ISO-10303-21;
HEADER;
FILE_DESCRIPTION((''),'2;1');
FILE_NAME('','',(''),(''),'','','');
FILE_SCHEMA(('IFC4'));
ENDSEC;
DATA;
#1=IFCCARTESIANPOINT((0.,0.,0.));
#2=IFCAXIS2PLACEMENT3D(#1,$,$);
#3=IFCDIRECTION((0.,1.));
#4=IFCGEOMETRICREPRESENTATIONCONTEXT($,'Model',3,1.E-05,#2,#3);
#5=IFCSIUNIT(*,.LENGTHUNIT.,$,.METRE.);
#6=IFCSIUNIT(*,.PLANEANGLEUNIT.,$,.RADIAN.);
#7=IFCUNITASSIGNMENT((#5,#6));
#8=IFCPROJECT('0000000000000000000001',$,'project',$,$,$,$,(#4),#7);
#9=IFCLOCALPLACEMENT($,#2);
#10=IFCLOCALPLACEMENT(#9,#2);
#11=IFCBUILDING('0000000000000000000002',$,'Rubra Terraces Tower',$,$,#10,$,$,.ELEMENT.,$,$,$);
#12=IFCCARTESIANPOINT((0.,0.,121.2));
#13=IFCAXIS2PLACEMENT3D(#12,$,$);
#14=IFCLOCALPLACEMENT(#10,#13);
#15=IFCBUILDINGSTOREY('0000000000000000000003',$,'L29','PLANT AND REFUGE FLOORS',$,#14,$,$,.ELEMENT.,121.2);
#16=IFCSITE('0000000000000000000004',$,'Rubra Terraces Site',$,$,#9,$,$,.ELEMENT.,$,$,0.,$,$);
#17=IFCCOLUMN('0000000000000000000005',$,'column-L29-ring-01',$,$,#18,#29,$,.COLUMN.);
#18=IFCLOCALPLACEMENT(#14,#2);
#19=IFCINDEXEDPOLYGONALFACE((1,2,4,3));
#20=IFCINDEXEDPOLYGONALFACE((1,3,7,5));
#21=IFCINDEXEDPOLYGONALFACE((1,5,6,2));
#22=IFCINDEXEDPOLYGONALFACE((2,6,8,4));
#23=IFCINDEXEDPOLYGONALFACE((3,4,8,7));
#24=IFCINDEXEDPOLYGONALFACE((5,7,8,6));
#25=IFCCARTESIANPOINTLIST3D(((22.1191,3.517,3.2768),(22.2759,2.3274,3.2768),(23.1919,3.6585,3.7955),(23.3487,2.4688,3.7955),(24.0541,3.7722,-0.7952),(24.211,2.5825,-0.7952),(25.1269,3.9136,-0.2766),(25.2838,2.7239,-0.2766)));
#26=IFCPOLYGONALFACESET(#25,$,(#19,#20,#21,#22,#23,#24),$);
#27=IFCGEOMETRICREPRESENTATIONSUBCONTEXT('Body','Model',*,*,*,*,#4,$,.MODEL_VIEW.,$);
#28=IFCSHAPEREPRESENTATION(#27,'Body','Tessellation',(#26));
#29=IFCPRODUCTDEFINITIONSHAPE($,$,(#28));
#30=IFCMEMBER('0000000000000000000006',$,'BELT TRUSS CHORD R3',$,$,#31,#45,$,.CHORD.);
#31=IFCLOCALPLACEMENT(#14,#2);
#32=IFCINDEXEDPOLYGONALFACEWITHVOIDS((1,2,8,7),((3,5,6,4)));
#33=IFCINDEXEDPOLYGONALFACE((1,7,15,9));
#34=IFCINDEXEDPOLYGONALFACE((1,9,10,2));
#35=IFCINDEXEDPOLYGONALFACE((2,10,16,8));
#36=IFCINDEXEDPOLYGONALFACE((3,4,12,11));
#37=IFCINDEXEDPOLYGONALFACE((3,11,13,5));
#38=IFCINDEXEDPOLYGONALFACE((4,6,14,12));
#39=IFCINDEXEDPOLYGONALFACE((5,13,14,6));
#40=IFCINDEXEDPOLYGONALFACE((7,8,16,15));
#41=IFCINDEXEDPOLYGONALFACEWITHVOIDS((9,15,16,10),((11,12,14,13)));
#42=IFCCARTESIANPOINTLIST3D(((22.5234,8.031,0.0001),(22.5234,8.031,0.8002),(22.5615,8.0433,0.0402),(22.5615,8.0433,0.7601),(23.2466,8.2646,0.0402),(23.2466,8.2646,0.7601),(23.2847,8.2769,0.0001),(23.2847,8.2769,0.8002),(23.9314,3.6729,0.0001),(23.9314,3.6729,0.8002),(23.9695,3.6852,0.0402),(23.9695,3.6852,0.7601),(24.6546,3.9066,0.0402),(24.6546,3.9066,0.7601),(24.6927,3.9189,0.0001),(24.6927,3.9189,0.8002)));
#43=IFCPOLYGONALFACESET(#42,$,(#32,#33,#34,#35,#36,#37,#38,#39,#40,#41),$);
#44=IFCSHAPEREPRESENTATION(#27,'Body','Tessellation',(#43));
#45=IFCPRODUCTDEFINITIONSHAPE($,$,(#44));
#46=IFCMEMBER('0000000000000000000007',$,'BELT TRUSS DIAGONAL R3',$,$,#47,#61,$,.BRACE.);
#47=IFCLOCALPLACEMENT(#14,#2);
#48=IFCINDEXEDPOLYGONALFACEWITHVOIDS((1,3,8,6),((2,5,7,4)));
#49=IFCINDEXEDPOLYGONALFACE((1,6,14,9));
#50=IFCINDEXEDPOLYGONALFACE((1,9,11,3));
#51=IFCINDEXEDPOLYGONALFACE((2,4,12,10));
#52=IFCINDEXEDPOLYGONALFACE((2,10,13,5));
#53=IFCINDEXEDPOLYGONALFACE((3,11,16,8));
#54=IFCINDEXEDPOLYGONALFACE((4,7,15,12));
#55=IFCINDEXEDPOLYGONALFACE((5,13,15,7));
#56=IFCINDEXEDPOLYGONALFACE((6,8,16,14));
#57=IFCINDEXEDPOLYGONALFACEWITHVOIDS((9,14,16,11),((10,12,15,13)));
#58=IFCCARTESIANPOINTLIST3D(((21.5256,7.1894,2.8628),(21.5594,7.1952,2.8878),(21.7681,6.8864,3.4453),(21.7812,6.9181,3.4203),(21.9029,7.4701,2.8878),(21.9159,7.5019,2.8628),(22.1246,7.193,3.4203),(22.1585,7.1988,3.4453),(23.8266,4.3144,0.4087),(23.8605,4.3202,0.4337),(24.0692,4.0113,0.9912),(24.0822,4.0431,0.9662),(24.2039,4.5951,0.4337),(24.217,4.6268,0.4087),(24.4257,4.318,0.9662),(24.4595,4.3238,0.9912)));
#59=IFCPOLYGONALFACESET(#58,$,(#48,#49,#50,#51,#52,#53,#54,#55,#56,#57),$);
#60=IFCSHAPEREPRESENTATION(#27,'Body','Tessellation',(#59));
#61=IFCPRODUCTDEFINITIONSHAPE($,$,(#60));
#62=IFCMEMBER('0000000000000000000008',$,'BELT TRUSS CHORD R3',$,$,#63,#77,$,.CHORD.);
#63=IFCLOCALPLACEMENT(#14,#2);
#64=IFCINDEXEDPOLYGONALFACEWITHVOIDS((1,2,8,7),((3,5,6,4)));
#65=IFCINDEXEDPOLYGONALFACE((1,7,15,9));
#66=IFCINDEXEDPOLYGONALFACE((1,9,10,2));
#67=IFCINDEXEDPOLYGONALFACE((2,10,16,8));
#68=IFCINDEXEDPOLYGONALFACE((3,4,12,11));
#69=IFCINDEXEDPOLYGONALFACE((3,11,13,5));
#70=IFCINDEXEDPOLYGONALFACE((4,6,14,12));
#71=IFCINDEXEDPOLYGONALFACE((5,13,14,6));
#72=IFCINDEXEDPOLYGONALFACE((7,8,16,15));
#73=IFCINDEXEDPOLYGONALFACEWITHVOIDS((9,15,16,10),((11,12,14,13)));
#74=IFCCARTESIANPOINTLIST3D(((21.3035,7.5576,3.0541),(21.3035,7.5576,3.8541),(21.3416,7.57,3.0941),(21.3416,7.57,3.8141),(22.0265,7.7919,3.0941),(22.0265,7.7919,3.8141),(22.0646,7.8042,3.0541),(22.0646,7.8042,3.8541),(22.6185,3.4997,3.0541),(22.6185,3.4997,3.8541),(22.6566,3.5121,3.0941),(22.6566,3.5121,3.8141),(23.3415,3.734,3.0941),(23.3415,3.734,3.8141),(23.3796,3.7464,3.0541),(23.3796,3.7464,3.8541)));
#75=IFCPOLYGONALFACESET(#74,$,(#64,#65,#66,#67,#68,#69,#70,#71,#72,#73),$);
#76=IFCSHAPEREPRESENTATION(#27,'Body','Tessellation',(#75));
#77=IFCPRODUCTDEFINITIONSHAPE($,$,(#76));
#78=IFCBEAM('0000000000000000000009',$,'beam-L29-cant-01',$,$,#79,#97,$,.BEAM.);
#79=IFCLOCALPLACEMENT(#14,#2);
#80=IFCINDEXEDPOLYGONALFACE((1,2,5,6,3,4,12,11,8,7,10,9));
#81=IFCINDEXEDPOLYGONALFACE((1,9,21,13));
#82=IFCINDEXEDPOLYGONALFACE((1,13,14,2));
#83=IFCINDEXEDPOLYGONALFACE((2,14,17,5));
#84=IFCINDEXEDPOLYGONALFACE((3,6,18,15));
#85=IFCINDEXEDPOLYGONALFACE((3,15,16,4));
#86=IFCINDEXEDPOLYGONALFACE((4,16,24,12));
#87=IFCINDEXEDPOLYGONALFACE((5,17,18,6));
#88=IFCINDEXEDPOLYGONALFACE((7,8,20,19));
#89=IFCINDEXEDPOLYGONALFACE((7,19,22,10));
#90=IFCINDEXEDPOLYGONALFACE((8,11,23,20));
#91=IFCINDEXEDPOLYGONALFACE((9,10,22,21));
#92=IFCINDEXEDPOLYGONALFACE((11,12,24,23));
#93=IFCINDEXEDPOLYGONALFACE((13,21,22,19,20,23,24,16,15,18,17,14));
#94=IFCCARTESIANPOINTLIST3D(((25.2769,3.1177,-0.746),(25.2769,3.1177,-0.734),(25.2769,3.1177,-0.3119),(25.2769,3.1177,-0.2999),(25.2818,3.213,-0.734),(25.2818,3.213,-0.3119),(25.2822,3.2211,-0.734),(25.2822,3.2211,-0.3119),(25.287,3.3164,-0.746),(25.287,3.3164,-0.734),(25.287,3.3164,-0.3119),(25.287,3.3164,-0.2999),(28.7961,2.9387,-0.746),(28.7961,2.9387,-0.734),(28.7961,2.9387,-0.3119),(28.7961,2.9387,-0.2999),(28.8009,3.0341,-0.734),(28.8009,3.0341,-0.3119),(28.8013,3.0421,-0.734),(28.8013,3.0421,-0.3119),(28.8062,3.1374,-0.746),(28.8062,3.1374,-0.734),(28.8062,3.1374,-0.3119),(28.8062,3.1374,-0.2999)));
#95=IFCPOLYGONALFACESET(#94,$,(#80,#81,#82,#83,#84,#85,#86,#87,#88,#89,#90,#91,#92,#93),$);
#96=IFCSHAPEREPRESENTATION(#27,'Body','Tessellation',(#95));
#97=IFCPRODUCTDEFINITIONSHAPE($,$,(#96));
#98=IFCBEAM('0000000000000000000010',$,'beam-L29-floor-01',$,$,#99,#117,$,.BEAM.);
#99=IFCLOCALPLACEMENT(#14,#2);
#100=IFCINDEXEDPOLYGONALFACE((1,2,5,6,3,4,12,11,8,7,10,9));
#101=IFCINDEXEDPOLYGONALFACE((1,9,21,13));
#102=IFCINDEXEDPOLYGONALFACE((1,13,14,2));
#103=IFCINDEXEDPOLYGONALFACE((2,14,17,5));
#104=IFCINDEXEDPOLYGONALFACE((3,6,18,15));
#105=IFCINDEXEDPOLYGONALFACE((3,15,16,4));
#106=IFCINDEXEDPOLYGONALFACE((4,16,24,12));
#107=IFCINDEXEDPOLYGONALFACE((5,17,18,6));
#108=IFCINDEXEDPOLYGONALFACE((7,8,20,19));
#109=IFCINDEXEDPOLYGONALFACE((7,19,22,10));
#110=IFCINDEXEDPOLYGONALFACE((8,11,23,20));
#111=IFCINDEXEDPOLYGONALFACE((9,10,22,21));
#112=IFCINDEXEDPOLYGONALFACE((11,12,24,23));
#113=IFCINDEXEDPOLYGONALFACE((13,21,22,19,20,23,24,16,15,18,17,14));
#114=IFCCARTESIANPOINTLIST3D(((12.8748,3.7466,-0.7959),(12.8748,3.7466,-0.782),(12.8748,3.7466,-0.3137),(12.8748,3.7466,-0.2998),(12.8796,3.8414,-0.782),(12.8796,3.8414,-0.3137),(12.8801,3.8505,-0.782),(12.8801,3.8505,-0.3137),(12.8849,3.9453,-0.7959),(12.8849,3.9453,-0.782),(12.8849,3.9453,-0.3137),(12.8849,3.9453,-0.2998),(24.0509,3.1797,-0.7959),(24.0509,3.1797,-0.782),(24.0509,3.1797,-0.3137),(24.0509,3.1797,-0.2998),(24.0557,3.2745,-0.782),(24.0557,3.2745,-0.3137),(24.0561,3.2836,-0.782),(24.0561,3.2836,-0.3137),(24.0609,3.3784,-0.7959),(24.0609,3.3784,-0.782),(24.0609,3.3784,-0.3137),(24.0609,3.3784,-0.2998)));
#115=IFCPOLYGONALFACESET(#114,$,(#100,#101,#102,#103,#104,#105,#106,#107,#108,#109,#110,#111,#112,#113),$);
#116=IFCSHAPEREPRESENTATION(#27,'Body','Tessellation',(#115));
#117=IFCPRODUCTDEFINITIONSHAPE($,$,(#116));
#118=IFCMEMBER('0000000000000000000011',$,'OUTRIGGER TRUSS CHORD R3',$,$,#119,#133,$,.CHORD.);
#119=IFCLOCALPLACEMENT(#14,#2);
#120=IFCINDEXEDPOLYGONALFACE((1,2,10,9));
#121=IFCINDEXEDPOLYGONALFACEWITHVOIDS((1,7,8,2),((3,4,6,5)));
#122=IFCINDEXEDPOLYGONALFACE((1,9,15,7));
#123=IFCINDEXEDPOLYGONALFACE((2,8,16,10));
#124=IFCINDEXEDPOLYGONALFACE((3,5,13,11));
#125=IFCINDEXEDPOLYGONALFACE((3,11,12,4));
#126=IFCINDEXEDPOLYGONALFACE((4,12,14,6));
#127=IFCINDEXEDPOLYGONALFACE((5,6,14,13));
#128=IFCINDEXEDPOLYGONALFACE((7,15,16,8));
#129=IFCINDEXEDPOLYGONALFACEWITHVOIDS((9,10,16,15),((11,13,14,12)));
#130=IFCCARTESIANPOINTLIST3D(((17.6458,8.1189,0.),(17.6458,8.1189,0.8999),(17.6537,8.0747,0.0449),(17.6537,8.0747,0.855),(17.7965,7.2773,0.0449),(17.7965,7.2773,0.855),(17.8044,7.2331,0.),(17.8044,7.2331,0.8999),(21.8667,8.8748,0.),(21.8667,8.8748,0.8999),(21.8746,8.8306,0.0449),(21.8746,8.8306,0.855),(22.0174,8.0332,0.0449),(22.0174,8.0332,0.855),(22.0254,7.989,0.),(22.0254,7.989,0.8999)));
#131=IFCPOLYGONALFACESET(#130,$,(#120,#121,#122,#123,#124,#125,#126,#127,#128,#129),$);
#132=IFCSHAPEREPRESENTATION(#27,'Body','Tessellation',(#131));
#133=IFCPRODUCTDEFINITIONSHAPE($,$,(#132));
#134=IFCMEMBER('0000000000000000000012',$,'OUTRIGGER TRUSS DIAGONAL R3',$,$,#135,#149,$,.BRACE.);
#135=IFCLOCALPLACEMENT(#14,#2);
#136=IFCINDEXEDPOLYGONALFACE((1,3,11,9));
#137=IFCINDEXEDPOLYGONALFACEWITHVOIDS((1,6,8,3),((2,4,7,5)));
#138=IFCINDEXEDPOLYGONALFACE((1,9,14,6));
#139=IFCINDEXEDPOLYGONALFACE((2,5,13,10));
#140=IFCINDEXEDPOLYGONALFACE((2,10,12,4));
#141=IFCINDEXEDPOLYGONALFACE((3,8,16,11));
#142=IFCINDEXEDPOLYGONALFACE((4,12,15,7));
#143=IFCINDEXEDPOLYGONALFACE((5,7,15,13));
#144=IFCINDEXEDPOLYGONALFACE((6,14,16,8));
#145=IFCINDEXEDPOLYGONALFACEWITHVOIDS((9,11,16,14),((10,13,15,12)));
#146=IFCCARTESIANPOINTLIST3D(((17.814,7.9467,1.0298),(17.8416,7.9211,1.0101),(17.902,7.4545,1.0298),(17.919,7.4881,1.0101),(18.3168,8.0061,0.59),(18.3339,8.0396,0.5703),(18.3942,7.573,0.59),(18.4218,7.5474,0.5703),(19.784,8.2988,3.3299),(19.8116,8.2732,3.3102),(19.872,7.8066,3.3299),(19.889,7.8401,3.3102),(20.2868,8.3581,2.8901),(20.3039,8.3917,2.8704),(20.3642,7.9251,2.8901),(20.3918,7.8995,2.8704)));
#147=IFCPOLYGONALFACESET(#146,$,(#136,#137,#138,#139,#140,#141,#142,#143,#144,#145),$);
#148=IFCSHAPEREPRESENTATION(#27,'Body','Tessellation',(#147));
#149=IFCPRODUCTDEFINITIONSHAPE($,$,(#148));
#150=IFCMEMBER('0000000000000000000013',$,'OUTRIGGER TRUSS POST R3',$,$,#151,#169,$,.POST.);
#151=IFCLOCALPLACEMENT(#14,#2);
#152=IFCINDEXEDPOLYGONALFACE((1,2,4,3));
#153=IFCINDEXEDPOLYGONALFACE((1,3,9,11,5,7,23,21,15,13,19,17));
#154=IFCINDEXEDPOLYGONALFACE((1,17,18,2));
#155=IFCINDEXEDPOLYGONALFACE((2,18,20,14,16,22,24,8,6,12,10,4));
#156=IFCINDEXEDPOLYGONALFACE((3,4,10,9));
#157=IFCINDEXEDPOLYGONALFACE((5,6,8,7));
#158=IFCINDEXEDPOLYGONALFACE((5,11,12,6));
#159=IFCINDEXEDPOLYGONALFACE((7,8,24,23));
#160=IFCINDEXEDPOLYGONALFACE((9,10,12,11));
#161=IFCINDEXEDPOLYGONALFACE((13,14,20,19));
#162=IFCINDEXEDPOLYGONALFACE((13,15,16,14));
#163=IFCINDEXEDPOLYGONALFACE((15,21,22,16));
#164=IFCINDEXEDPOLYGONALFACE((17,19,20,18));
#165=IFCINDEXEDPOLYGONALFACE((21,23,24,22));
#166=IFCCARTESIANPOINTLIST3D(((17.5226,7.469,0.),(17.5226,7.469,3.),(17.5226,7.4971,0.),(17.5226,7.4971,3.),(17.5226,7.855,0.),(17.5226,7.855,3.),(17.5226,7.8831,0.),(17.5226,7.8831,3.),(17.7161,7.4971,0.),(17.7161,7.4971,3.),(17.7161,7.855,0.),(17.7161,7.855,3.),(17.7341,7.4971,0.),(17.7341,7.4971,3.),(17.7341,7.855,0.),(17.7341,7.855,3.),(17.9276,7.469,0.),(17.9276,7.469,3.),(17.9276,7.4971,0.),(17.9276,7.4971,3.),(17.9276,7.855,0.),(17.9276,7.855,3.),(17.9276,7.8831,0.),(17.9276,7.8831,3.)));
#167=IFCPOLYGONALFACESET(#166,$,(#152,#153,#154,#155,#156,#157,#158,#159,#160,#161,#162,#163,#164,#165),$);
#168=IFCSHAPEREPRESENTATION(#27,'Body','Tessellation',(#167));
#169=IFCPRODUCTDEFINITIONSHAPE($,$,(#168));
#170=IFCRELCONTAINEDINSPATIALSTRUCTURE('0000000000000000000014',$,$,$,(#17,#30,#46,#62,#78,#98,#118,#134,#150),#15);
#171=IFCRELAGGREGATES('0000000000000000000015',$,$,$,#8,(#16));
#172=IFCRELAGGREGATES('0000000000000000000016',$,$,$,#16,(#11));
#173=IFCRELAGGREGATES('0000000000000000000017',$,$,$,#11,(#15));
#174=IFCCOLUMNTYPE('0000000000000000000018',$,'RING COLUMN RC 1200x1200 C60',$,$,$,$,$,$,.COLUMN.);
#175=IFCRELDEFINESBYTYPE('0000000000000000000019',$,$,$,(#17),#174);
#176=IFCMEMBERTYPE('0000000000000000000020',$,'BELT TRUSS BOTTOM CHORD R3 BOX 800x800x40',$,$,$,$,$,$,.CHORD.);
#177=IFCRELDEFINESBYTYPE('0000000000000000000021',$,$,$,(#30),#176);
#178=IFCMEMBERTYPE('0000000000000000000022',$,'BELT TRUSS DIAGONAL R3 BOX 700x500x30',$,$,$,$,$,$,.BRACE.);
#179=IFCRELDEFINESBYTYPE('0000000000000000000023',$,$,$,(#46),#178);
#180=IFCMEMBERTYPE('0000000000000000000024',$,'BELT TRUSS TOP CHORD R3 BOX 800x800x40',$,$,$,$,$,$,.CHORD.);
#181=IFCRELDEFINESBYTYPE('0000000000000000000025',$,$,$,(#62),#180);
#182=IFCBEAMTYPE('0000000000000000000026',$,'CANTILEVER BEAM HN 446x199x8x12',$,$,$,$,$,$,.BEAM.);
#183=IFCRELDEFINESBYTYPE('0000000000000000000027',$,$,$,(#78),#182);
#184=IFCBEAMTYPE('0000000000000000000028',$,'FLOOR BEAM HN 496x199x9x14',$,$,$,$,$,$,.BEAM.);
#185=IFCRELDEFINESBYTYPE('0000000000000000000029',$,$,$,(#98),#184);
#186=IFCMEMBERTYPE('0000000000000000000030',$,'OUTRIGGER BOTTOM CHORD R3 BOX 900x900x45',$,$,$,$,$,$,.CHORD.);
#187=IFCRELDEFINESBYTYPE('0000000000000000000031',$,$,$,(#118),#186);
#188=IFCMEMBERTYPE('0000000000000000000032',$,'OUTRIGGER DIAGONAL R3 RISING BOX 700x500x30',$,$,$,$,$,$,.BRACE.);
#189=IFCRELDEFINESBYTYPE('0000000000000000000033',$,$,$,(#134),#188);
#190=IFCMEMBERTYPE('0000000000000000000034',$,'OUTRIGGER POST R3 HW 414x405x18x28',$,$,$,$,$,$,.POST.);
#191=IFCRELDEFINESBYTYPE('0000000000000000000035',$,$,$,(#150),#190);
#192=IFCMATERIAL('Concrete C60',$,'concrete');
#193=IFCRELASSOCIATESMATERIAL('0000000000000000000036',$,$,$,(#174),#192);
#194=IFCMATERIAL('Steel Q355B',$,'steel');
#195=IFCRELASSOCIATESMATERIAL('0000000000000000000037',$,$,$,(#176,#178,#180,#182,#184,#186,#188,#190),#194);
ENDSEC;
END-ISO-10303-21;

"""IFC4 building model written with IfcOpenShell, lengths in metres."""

from ifc_helpers import new_model, si_unit, direction, frame, origin, origin_2d, place, context, subcontext, project, spatial, rectangle, hollow_rectangle, i_section, extrude, material, material_profile, profile_set, type_object, element, save


model = new_model("IFC4")

# Units and contexts
model_context = context("Model", 3, precision=1e-05, world=origin(), true_north=direction((0.0, 1.0)))
body_context = subcontext(model_context, "Body", "Model", "MODEL_VIEW")
ifc_project = project(units=[si_unit("LENGTHUNIT", "METRE"), si_unit("PLANEANGLEUNIT", "RADIAN")], contexts=[model_context])

# Site, building, storey
site_placement = place(None, origin())
site = spatial("IfcSite", under=ifc_project, at=site_placement, Name="Rubra Terraces Site", CompositionType="ELEMENT", RefElevation=0.0)
building_placement = place(site_placement, origin())
building = spatial("IfcBuilding", under=site, at=building_placement, Name="Rubra Terraces Tower", CompositionType="ELEMENT")
storey_placement = place(building_placement, frame((0.0, 0.0, 121.2)))
storey = spatial("IfcBuildingStorey", under=building, at=storey_placement, Name="L29", Description="PLANT AND REFUGE FLOORS", CompositionType="ELEMENT", Elevation=121.2)

# Column
ifc_material_1 = material(Name="Concrete C60", Category="concrete")
ifc_material_profile_1 = material_profile(ifc_material_1, rectangle(XDim=1.2, YDim=1.2, at=origin_2d()), Name="RC 1200x1200")
ifc_profile_set_1 = profile_set([ifc_material_profile_1], Name="Concrete C60")
column_type = type_object("IfcColumnType", Name="RING COLUMN RC 1200x1200 C60", PredefinedType="COLUMN", material=ifc_profile_set_1)
column_placement = place(storey_placement, frame((24.6689, 3.248, -0.5359), z_axis=(-0.428525, -0.056499, 0.901762), x_axis=(0.130713, -0.99142, 0.0)))
element("IfcColumn", 1, at=column_placement, inside=storey, type_object=column_type, Name="column-L29-ring-01", PredefinedType="COLUMN", context=body_context, shape_type="SweptSolid", body=[
    extrude(rectangle(XDim=1.2, YDim=1.2, at=origin_2d()), origin(), (0.0, 0.0, 1.0), 4.5156),
])

# Members
ifc_material_2 = material(Name="Steel Q355B", Category="steel")
ifc_material_profile_2 = material_profile(ifc_material_2, hollow_rectangle(XDim=0.8, YDim=0.8, WallThickness=0.04, at=origin_2d()), Name="BOX 800x800x40")
ifc_profile_set_2 = profile_set([ifc_material_profile_2], Name="Steel Q355B")
member_type_1 = type_object("IfcMemberType", Name="BELT TRUSS BOTTOM CHORD R3 BOX 800x800x40", PredefinedType="CHORD", material=ifc_profile_set_2)
member_1_placement = place(storey_placement, frame((24.312, 3.7959, 0.4001), z_axis=(-0.307419, 0.951574, 0.0), x_axis=(-0.951574, -0.307419, 0.0)))
element("IfcMember", 2, at=member_1_placement, inside=storey, type_object=member_type_1, Name="BELT TRUSS CHORD R3", PredefinedType="CHORD", context=body_context, shape_type="SweptSolid", body=[
    extrude(hollow_rectangle(XDim=0.8, YDim=0.8, WallThickness=0.04, at=origin_2d()), origin(), (0.0, 0.0, 1.0), 4.5798),
])
ifc_material_profile_3 = material_profile(ifc_material_2, hollow_rectangle(XDim=0.5, YDim=0.7, WallThickness=0.03, at=origin_2d()), Name="BOX 700x500x30")
ifc_profile_set_3 = profile_set([ifc_material_profile_3], Name="Steel Q355B")
member_type_2 = type_object("IfcMemberType", Name="BELT TRUSS DIAGONAL R3 BOX 700x500x30", PredefinedType="BRACE", material=ifc_profile_set_3)
member_2_placement = place(storey_placement, frame((24.1431, 4.3191, 0.7), z_axis=(-0.519975, 0.649679, 0.554566), x_axis=(-0.780733, -0.624865, 0.0)))
element("IfcMember", 3, at=member_2_placement, inside=storey, type_object=member_type_2, Name="BELT TRUSS DIAGONAL R3", PredefinedType="BRACE", context=body_context, shape_type="SweptSolid", body=[
    extrude(hollow_rectangle(XDim=0.5, YDim=0.7, WallThickness=0.03, at=origin_2d()), origin(), (0.0, 0.0, 1.0), 4.4253),
])
ifc_material_profile_4 = material_profile(ifc_material_2, hollow_rectangle(XDim=0.8, YDim=0.8, WallThickness=0.04, at=origin_2d()), Name="BOX 800x800x40")
ifc_profile_set_4 = profile_set([ifc_material_profile_4], Name="Steel Q355B")
member_type_3 = type_object("IfcMemberType", Name="BELT TRUSS TOP CHORD R3 BOX 800x800x40", PredefinedType="CHORD", material=ifc_profile_set_4)
member_3_placement = place(storey_placement, frame((22.999, 3.623, 3.4541), z_axis=(-0.308267, 0.9513, 0.0), x_axis=(-0.9513, -0.308267, 0.0)))
element("IfcMember", 4, at=member_3_placement, inside=storey, type_object=member_type_3, Name="BELT TRUSS CHORD R3", PredefinedType="CHORD", context=body_context, shape_type="SweptSolid", body=[
    extrude(hollow_rectangle(XDim=0.8, YDim=0.8, WallThickness=0.04, at=origin_2d()), origin(), (0.0, 0.0, 1.0), 4.2656),
])

# Beams
ifc_material_profile_5 = material_profile(ifc_material_2, i_section(OverallWidth=0.199, OverallDepth=0.446, WebThickness=0.0081, FlangeThickness=0.012, at=origin_2d()), Name="HN 446x199x8x12")
ifc_profile_set_5 = profile_set([ifc_material_profile_5], Name="Steel Q355B")
beam_type_1 = type_object("IfcBeamType", Name="CANTILEVER BEAM HN 446x199x8x12", PredefinedType="BEAM", material=ifc_profile_set_5)
beam_1_placement = place(storey_placement, frame((25.282, 3.217, -0.5229), z_axis=(0.998709, -0.050788, 0.0), x_axis=(0.050788, 0.998709, 0.0)))
element("IfcBeam", 5, at=beam_1_placement, inside=storey, type_object=beam_type_1, Name="beam-L29-cant-01", PredefinedType="BEAM", context=body_context, shape_type="SweptSolid", body=[
    extrude(i_section(OverallWidth=0.199, OverallDepth=0.446, WebThickness=0.0081, FlangeThickness=0.012, at=origin_2d()), origin(), (0.0, 0.0, 1.0), 3.5237),
])
ifc_material_profile_6 = material_profile(ifc_material_2, i_section(OverallWidth=0.199, OverallDepth=0.4961, WebThickness=0.009, FlangeThickness=0.0139, at=origin_2d()), Name="HN 496x199x9x14")
ifc_profile_set_6 = profile_set([ifc_material_profile_6], Name="Steel Q355B")
beam_type_2 = type_object("IfcBeamType", Name="FLOOR BEAM HN 496x199x9x14", PredefinedType="BEAM", material=ifc_profile_set_6)
beam_2_placement = place(storey_placement, frame((24.0559, 3.2791, -0.5479), z_axis=(-0.998716, 0.050659, 0.0), x_axis=(-0.050659, -0.998716, 0.0)))
element("IfcBeam", 6, at=beam_2_placement, inside=storey, type_object=beam_type_2, Name="beam-L29-floor-01", PredefinedType="BEAM", context=body_context, shape_type="SweptSolid", body=[
    extrude(i_section(OverallWidth=0.199, OverallDepth=0.4961, WebThickness=0.009, FlangeThickness=0.0139, at=origin_2d()), origin(), (0.0, 0.0, 1.0), 11.1904),
])

# Members
ifc_material_profile_7 = material_profile(ifc_material_2, hollow_rectangle(XDim=0.8999, YDim=0.8999, WallThickness=0.0449, at=origin_2d()), Name="BOX 900x900x45")
ifc_profile_set_7 = profile_set([ifc_material_profile_7], Name="Steel Q355B")
member_type_4 = type_object("IfcMemberType", Name="OUTRIGGER BOTTOM CHORD R3 BOX 900x900x45", PredefinedType="CHORD", material=ifc_profile_set_7)
member_4_placement = place(storey_placement, frame((17.7251, 7.676, 0.45), z_axis=(0.984342, 0.176269, 0.0), x_axis=(-0.176269, 0.984342, 0.0)))
element("IfcMember", 7, at=member_4_placement, inside=storey, type_object=member_type_4, Name="OUTRIGGER TRUSS CHORD R3", PredefinedType="CHORD", context=body_context, shape_type="SweptSolid", body=[
    extrude(hollow_rectangle(XDim=0.8999, YDim=0.8999, WallThickness=0.0449, at=origin_2d()), origin(), (0.0, 0.0, 1.0), 4.2881),
])
ifc_material_profile_8 = material_profile(ifc_material_2, hollow_rectangle(XDim=0.5, YDim=0.7, WallThickness=0.03, at=origin_2d()), Name="BOX 700x500x30")
ifc_profile_set_8 = profile_set([ifc_material_profile_8], Name="Steel Q355B")
member_type_5 = type_object("IfcMemberType", Name="OUTRIGGER DIAGONAL R3 RISING BOX 700x500x30", PredefinedType="BRACE", material=ifc_profile_set_8)
member_5_placement = place(storey_placement, frame((18.1179, 7.7471, 0.8), z_axis=(0.646154, 0.115473, 0.754421), x_axis=(-0.175922, 0.984404, 0.0)))
element("IfcMember", 8, at=member_5_placement, inside=storey, type_object=member_type_5, Name="OUTRIGGER TRUSS DIAGONAL R3", PredefinedType="BRACE", context=body_context, shape_type="SweptSolid", body=[
    extrude(hollow_rectangle(XDim=0.5, YDim=0.7, WallThickness=0.03, at=origin_2d()), origin(), (0.0, 0.0, 1.0), 3.0488),
])
ifc_material_profile_9 = material_profile(ifc_material_2, i_section(OverallWidth=0.405, OverallDepth=0.4141, WebThickness=0.0181, FlangeThickness=0.0281, at=origin_2d()), Name="HW 414x405x18x28")
ifc_profile_set_9 = profile_set([ifc_material_profile_9], Name="Steel Q355B")
member_type_6 = type_object("IfcMemberType", Name="OUTRIGGER POST R3 HW 414x405x18x28", PredefinedType="POST", material=ifc_profile_set_9)
member_6_placement = place(storey_placement, frame((17.7251, 7.676, 0.0), z_axis=(0.0, 0.0, 1.0), x_axis=(1.0, 0.0, 0.0)))
element("IfcMember", 9, at=member_6_placement, inside=storey, type_object=member_type_6, Name="OUTRIGGER TRUSS POST R3", PredefinedType="POST", context=body_context, shape_type="SweptSolid", body=[
    extrude(i_section(OverallWidth=0.405, OverallDepth=0.4141, WebThickness=0.0181, FlangeThickness=0.0281, at=origin_2d()), origin(), (0.0, 0.0, 1.0), 3.0),
])

save(model, "model.ifc")
